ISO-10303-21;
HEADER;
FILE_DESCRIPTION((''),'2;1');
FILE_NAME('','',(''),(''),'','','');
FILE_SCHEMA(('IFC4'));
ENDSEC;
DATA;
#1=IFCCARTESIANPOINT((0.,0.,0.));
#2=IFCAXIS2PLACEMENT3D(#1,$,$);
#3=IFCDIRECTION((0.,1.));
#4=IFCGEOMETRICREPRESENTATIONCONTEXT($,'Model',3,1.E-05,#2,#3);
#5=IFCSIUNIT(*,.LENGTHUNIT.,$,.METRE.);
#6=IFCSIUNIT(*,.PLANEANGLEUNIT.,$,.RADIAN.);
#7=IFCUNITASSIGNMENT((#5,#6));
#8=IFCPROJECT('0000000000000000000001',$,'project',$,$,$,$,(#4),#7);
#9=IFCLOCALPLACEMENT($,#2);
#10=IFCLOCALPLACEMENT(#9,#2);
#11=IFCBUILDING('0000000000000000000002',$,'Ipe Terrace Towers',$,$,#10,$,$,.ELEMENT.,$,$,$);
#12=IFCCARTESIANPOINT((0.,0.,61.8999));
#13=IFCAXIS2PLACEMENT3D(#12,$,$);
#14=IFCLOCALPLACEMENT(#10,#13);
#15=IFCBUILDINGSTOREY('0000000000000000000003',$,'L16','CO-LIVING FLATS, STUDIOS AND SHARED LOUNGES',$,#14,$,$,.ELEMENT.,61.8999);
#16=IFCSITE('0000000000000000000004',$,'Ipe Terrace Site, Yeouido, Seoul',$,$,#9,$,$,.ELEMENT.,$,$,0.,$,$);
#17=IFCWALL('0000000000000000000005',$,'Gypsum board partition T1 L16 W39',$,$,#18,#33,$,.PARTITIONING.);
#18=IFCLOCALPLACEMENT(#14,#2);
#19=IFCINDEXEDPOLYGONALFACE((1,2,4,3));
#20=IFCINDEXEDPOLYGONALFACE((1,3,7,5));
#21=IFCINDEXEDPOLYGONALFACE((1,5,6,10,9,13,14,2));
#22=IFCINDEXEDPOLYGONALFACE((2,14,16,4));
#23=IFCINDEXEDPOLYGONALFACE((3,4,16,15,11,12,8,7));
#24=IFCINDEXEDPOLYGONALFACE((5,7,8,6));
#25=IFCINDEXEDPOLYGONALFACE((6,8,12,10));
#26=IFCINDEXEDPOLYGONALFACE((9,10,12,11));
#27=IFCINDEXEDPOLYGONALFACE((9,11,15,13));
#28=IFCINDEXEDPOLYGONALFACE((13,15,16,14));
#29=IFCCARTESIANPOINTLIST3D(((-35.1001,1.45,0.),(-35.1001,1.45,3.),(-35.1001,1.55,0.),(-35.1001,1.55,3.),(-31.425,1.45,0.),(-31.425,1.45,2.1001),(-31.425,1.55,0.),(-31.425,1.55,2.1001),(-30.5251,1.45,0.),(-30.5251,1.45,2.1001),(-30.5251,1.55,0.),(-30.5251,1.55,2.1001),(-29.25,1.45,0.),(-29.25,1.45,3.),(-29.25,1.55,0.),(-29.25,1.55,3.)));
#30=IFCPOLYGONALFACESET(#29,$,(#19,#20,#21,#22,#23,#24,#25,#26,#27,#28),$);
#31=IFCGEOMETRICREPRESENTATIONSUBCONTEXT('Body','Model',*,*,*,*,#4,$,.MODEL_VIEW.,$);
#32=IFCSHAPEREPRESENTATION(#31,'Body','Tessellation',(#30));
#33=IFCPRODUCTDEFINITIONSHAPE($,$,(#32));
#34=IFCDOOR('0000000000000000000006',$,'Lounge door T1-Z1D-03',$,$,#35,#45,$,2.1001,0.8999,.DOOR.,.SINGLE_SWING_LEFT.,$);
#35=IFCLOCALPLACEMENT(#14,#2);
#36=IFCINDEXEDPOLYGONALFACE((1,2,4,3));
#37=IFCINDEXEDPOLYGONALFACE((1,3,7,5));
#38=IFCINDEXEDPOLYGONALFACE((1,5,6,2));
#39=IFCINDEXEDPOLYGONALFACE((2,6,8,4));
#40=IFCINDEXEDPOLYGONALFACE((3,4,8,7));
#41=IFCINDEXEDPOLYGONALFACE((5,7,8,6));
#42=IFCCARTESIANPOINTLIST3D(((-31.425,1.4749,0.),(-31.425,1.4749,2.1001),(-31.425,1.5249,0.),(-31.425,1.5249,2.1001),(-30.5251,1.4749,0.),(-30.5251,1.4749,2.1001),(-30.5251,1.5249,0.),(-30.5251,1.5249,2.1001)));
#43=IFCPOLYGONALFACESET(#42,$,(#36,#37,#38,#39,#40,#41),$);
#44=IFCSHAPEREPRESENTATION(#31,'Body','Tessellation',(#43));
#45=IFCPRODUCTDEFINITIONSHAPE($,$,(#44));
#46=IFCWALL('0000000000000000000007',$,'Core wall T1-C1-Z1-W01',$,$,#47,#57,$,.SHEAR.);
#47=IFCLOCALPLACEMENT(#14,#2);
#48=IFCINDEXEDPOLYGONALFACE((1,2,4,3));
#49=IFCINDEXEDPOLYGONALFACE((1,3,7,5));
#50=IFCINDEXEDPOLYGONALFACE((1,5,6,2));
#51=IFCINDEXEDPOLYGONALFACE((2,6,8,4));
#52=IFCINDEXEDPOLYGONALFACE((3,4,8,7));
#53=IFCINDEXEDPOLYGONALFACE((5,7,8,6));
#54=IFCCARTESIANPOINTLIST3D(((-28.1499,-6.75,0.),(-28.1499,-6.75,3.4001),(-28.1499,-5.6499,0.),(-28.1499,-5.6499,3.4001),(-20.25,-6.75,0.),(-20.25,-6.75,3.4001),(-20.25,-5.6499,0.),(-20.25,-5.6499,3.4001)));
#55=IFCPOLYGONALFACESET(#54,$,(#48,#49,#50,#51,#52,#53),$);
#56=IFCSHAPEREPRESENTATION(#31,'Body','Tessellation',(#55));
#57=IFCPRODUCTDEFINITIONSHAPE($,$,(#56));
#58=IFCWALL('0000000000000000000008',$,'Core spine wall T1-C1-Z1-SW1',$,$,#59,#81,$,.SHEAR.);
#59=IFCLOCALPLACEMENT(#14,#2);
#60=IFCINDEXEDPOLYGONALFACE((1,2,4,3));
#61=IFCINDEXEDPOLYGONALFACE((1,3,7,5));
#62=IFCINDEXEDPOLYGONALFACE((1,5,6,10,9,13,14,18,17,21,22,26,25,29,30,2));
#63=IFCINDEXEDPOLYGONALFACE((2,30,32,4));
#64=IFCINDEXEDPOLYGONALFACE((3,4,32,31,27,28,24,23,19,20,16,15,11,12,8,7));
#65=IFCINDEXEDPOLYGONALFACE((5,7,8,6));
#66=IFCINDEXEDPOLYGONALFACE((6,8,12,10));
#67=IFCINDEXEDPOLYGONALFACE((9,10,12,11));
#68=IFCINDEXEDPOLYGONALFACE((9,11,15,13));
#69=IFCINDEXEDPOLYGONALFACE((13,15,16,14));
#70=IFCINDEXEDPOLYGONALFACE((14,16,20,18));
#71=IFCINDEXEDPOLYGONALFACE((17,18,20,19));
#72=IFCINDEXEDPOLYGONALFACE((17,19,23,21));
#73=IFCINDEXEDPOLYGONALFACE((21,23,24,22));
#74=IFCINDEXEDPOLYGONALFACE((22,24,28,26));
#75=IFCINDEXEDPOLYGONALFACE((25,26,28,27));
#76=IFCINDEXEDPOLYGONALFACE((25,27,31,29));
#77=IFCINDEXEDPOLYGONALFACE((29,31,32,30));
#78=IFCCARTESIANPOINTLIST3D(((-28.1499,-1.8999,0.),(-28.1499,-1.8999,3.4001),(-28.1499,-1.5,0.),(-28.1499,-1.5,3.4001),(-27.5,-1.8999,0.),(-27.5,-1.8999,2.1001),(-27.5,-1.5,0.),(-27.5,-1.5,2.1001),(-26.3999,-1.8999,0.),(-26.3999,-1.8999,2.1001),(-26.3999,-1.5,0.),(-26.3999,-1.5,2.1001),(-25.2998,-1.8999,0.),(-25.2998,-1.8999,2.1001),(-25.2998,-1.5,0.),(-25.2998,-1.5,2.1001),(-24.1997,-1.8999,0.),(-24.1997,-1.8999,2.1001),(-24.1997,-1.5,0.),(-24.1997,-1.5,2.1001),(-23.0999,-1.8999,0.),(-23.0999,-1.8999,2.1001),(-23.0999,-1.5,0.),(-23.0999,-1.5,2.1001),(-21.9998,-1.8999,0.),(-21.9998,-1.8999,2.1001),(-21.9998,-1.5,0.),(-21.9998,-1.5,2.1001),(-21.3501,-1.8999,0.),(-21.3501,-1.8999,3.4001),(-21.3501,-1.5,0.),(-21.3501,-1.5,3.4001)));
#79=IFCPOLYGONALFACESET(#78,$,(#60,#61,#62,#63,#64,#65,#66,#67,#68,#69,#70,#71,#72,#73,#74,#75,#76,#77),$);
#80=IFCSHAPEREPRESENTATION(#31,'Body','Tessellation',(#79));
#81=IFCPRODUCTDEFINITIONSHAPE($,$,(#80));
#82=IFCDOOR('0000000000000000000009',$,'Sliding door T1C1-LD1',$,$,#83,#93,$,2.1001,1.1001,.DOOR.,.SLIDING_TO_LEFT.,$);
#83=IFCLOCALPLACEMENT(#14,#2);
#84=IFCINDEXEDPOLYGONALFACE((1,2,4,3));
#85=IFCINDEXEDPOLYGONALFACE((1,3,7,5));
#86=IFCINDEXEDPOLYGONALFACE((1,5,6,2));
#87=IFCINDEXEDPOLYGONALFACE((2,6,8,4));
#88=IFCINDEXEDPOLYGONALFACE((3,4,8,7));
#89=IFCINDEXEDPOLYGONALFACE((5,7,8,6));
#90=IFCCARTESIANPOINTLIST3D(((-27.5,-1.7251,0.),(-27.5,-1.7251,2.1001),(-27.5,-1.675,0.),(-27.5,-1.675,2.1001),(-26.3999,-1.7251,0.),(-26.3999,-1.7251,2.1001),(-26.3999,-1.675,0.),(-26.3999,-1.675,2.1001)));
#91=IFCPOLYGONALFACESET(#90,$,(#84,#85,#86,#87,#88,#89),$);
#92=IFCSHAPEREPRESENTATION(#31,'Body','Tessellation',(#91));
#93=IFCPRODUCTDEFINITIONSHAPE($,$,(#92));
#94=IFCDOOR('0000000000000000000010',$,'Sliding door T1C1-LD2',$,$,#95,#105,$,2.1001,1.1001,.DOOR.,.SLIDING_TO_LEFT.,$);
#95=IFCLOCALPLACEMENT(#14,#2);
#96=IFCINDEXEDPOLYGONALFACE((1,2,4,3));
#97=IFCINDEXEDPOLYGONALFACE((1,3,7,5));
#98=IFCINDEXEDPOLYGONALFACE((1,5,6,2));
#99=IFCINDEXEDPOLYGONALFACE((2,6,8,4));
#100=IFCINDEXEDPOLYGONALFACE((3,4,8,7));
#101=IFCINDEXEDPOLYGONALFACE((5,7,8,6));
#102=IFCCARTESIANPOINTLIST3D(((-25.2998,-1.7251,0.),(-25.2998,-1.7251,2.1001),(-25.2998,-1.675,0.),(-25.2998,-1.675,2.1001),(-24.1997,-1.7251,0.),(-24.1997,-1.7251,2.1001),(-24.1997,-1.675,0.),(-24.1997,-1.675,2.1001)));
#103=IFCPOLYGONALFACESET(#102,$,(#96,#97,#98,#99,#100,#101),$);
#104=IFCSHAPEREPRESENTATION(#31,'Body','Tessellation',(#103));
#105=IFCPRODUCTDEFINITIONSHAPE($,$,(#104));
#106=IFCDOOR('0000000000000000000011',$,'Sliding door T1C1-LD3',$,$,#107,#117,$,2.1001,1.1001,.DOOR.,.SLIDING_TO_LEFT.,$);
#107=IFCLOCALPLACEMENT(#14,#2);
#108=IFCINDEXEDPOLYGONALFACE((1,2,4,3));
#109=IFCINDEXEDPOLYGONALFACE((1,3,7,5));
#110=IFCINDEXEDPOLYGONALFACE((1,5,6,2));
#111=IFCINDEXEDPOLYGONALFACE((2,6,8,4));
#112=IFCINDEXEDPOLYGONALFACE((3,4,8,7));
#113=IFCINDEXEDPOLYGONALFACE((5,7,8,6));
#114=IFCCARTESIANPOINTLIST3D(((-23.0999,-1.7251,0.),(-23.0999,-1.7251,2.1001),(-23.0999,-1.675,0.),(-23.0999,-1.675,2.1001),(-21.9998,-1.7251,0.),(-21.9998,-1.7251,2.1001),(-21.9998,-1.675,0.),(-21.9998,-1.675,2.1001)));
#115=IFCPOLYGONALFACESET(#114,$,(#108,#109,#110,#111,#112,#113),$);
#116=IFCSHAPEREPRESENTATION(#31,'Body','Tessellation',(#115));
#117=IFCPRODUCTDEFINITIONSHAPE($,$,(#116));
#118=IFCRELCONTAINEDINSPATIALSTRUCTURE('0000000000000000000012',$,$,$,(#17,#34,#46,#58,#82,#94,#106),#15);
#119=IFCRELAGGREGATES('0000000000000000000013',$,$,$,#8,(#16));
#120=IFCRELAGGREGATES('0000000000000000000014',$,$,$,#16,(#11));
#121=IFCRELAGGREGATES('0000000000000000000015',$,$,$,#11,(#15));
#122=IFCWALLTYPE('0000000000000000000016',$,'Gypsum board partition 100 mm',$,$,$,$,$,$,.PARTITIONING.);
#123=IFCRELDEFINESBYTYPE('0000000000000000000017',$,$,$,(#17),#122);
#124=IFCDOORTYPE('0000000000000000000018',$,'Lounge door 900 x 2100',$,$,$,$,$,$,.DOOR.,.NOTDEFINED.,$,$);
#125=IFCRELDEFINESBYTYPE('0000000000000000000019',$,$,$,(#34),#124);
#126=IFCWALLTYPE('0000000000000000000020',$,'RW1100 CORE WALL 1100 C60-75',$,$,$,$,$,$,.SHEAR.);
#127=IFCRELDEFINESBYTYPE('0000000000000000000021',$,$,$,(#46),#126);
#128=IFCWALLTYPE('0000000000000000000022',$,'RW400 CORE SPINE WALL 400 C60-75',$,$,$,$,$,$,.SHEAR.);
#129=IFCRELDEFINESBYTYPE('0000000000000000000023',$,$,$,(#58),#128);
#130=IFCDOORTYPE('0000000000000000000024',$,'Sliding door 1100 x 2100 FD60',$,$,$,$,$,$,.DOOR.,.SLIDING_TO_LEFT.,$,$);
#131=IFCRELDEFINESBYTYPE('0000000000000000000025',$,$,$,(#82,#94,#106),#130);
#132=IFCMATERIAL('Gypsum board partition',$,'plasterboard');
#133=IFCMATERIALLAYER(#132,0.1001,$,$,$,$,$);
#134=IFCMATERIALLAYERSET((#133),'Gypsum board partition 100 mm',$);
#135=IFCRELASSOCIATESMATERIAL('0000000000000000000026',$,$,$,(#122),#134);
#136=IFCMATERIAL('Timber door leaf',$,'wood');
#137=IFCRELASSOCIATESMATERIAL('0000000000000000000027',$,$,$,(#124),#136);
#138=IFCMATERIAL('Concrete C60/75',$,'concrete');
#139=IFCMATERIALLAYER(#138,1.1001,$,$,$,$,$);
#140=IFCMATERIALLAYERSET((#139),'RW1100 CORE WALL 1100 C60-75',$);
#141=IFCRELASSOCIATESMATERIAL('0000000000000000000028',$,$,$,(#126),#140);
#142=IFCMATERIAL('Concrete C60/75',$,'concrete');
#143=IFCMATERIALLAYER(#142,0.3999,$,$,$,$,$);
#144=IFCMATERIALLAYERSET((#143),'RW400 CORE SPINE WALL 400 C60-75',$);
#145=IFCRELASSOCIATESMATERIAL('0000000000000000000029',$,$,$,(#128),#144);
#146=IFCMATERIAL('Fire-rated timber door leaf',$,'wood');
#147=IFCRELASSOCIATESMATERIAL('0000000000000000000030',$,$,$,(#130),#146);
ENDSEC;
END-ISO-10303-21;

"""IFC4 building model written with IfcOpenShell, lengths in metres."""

from ifc_helpers import new_model, si_unit, direction, frame, frame_2d, origin, place, context, subcontext, project, spatial, rectangle, extrude, material, layer, layer_set, type_object, element, fill, save


model = new_model("IFC4")

# Units and contexts
model_context = context("Model", 3, precision=1e-05, world=origin(), true_north=direction((0.0, 1.0)))
body_context = subcontext(model_context, "Body", "Model", "MODEL_VIEW")
ifc_project = project(units=[si_unit("LENGTHUNIT", "METRE"), si_unit("PLANEANGLEUNIT", "RADIAN")], contexts=[model_context])

# Site, building, storey
site_placement = place(None, origin())
site = spatial("IfcSite", under=ifc_project, at=site_placement, Name="Ipe Terrace Site, Yeouido, Seoul", CompositionType="ELEMENT", RefElevation=0.0)
building_placement = place(site_placement, origin())
building = spatial("IfcBuilding", under=site, at=building_placement, Name="Ipe Terrace Towers", CompositionType="ELEMENT")
storey_placement = place(building_placement, frame((0.0, 0.0, 61.8999)))
storey = spatial("IfcBuildingStorey", under=building, at=storey_placement, Name="L16", Description="CO-LIVING FLATS, STUDIOS AND SHARED LOUNGES", CompositionType="ELEMENT", Elevation=61.8999)

# Shared definitions
ifc_material_1 = material(Name="Gypsum board partition", Category="plasterboard")
ifc_layer_1 = layer(ifc_material_1, 0.1001)
ifc_layer_set_1 = layer_set([ifc_layer_1], Name="Gypsum board partition 100 mm")
wall_type_1 = type_object("IfcWallType", Name="Gypsum board partition 100 mm", PredefinedType="PARTITIONING", material=ifc_layer_set_1)

# Shared definitions
ifc_material_2 = material(Name="Timber door leaf", Category="wood")
door_type_1 = type_object("IfcDoorType", Name="Lounge door 900 x 2100", OperationType="NOTDEFINED", PredefinedType="DOOR", material=ifc_material_2)

# Wall, opening, door
wall_1_placement = place(storey_placement, frame((-35.1001, 1.5, 0.0), z_axis=(0.0, 0.0, 1.0), x_axis=(1.0, 0.0, 0.0)))
wall_1 = element("IfcWall", 1, at=wall_1_placement, inside=storey, type_object=wall_type_1, Name="Gypsum board partition T1 L16 W39", PredefinedType="PARTITIONING", context=body_context, shape_type="SweptSolid", body=[
    extrude(rectangle(XDim=5.8501, YDim=0.1001, at=frame_2d((2.925, 0.0))), origin(), (0.0, 0.0, 1.0), 3.0),
])
opening_1_placement = place(wall_1_placement, frame((3.675, 0.0, 0.0)))
opening_1 = element("IfcOpeningElement", 2, at=opening_1_placement, cuts=wall_1, PredefinedType="OPENING", context=body_context, shape_type="SweptSolid", body=[
    extrude(rectangle(XDim=0.8999, YDim=2.1001, at=frame_2d((0.45, 1.05))), frame((0.0, 0.0601, 0.0), z_axis=(0.0, -1.0, 0.0), x_axis=(1.0, 0.0, 0.0)), (0.0, 0.0, 1.0), 0.1201),
])
door_1_placement = place(opening_1_placement, origin())
door_1 = element("IfcDoor", 3, at=door_1_placement, inside=storey, type_object=door_type_1, Name="Lounge door T1-Z1D-03", OperationType="SINGLE_SWING_LEFT", OverallHeight=2.1001, OverallWidth=0.8999, PredefinedType="DOOR", context=body_context, shape_type="SweptSolid", body=[
    extrude(rectangle(XDim=0.8999, YDim=2.1001, at=frame_2d((0.45, 1.05))), frame((0.0, 0.0249, 0.0), z_axis=(0.0, -1.0, 0.0), x_axis=(1.0, 0.0, 0.0)), (0.0, 0.0, 1.0), 0.05),
])
fill(opening_1, door_1)

# Wall
ifc_material_3 = material(Name="Concrete C60/75", Category="concrete")
ifc_layer_2 = layer(ifc_material_3, 1.1001)
ifc_layer_set_2 = layer_set([ifc_layer_2], Name="RW1100 CORE WALL 1100 C60-75")
wall_type_2 = type_object("IfcWallType", Name="RW1100 CORE WALL 1100 C60-75", PredefinedType="SHEAR", material=ifc_layer_set_2)
wall_2_placement = place(storey_placement, frame((-28.1499, -6.2, 0.0), z_axis=(0.0, 0.0, 1.0), x_axis=(1.0, 0.0, 0.0)))
element("IfcWall", 4, at=wall_2_placement, inside=storey, type_object=wall_type_2, Name="Core wall T1-C1-Z1-W01", PredefinedType="SHEAR", context=body_context, shape_type="SweptSolid", body=[
    extrude(rectangle(XDim=7.8999, YDim=1.1001, at=frame_2d((3.95, 0.0))), origin(), (0.0, 0.0, 1.0), 3.4001),
])

# Wall, openings, doors
ifc_material_4 = material(Name="Concrete C60/75", Category="concrete")
ifc_layer_3 = layer(ifc_material_4, 0.3999)
ifc_layer_set_3 = layer_set([ifc_layer_3], Name="RW400 CORE SPINE WALL 400 C60-75")
wall_type_3 = type_object("IfcWallType", Name="RW400 CORE SPINE WALL 400 C60-75", PredefinedType="SHEAR", material=ifc_layer_set_3)
wall_3_placement = place(storey_placement, frame((-28.1499, -1.7, 0.0), z_axis=(0.0, 0.0, 1.0), x_axis=(1.0, 0.0, 0.0)))
wall_3 = element("IfcWall", 5, at=wall_3_placement, inside=storey, type_object=wall_type_3, Name="Core spine wall T1-C1-Z1-SW1", PredefinedType="SHEAR", context=body_context, shape_type="SweptSolid", body=[
    extrude(rectangle(XDim=6.7998, YDim=0.3999, at=frame_2d((3.3999, 0.0))), origin(), (0.0, 0.0, 1.0), 3.4001),
])
opening_2_placement = place(wall_3_placement, frame((0.6499, 0.0, 0.0)))
opening_2 = element("IfcOpeningElement", 6, at=opening_2_placement, cuts=wall_3, PredefinedType="OPENING", context=body_context, shape_type="SweptSolid", body=[
    extrude(rectangle(XDim=1.1001, YDim=2.1001, at=frame_2d((0.55, 1.05))), frame((0.0, 0.21, 0.0), z_axis=(0.0, -1.0, 0.0), x_axis=(1.0, 0.0, 0.0)), (0.0, 0.0, 1.0), 0.4199),
])
opening_3_placement = place(wall_3_placement, frame((2.8501, 0.0, 0.0)))
opening_3 = element("IfcOpeningElement", 7, at=opening_3_placement, cuts=wall_3, PredefinedType="OPENING", context=body_context, shape_type="SweptSolid", body=[
    extrude(rectangle(XDim=1.1001, YDim=2.1001, at=frame_2d((0.55, 1.05))), frame((0.0, 0.21, 0.0), z_axis=(0.0, -1.0, 0.0), x_axis=(1.0, 0.0, 0.0)), (0.0, 0.0, 1.0), 0.4199),
])
opening_4_placement = place(wall_3_placement, frame((5.05, 0.0, 0.0)))
opening_4 = element("IfcOpeningElement", 8, at=opening_4_placement, cuts=wall_3, PredefinedType="OPENING", context=body_context, shape_type="SweptSolid", body=[
    extrude(rectangle(XDim=1.1001, YDim=2.1001, at=frame_2d((0.55, 1.05))), frame((0.0, 0.21, 0.0), z_axis=(0.0, -1.0, 0.0), x_axis=(1.0, 0.0, 0.0)), (0.0, 0.0, 1.0), 0.4199),
])
ifc_material_5 = material(Name="Fire-rated timber door leaf", Category="wood")
door_type_2 = type_object("IfcDoorType", Name="Sliding door 1100 x 2100 FD60", OperationType="SLIDING_TO_LEFT", PredefinedType="DOOR", material=ifc_material_5)
door_2_placement = place(opening_2_placement, origin())
door_2 = element("IfcDoor", 9, at=door_2_placement, inside=storey, type_object=door_type_2, Name="Sliding door T1C1-LD1", OperationType="SLIDING_TO_LEFT", OverallHeight=2.1001, OverallWidth=1.1001, PredefinedType="DOOR", context=body_context, shape_type="SweptSolid", body=[
    extrude(rectangle(XDim=1.1001, YDim=2.1001, at=frame_2d((0.55, 1.05))), frame((0.0, 0.0249, 0.0), z_axis=(0.0, -1.0, 0.0), x_axis=(1.0, 0.0, 0.0)), (0.0, 0.0, 1.0), 0.05),
])
fill(opening_2, door_2)
door_3_placement = place(opening_3_placement, origin())
door_3 = element("IfcDoor", 10, at=door_3_placement, inside=storey, type_object=door_type_2, Name="Sliding door T1C1-LD2", OperationType="SLIDING_TO_LEFT", OverallHeight=2.1001, OverallWidth=1.1001, PredefinedType="DOOR", context=body_context, shape_type="SweptSolid", body=[
    extrude(rectangle(XDim=1.1001, YDim=2.1001, at=frame_2d((0.55, 1.05))), frame((0.0, 0.0249, 0.0), z_axis=(0.0, -1.0, 0.0), x_axis=(1.0, 0.0, 0.0)), (0.0, 0.0, 1.0), 0.05),
])
fill(opening_3, door_3)
door_4_placement = place(opening_4_placement, origin())
door_4 = element("IfcDoor", 11, at=door_4_placement, inside=storey, type_object=door_type_2, Name="Sliding door T1C1-LD3", OperationType="SLIDING_TO_LEFT", OverallHeight=2.1001, OverallWidth=1.1001, PredefinedType="DOOR", context=body_context, shape_type="SweptSolid", body=[
    extrude(rectangle(XDim=1.1001, YDim=2.1001, at=frame_2d((0.55, 1.05))), frame((0.0, 0.0249, 0.0), z_axis=(0.0, -1.0, 0.0), x_axis=(1.0, 0.0, 0.0)), (0.0, 0.0, 1.0), 0.05),
])
fill(opening_4, door_4)

save(model, "model.ifc")
